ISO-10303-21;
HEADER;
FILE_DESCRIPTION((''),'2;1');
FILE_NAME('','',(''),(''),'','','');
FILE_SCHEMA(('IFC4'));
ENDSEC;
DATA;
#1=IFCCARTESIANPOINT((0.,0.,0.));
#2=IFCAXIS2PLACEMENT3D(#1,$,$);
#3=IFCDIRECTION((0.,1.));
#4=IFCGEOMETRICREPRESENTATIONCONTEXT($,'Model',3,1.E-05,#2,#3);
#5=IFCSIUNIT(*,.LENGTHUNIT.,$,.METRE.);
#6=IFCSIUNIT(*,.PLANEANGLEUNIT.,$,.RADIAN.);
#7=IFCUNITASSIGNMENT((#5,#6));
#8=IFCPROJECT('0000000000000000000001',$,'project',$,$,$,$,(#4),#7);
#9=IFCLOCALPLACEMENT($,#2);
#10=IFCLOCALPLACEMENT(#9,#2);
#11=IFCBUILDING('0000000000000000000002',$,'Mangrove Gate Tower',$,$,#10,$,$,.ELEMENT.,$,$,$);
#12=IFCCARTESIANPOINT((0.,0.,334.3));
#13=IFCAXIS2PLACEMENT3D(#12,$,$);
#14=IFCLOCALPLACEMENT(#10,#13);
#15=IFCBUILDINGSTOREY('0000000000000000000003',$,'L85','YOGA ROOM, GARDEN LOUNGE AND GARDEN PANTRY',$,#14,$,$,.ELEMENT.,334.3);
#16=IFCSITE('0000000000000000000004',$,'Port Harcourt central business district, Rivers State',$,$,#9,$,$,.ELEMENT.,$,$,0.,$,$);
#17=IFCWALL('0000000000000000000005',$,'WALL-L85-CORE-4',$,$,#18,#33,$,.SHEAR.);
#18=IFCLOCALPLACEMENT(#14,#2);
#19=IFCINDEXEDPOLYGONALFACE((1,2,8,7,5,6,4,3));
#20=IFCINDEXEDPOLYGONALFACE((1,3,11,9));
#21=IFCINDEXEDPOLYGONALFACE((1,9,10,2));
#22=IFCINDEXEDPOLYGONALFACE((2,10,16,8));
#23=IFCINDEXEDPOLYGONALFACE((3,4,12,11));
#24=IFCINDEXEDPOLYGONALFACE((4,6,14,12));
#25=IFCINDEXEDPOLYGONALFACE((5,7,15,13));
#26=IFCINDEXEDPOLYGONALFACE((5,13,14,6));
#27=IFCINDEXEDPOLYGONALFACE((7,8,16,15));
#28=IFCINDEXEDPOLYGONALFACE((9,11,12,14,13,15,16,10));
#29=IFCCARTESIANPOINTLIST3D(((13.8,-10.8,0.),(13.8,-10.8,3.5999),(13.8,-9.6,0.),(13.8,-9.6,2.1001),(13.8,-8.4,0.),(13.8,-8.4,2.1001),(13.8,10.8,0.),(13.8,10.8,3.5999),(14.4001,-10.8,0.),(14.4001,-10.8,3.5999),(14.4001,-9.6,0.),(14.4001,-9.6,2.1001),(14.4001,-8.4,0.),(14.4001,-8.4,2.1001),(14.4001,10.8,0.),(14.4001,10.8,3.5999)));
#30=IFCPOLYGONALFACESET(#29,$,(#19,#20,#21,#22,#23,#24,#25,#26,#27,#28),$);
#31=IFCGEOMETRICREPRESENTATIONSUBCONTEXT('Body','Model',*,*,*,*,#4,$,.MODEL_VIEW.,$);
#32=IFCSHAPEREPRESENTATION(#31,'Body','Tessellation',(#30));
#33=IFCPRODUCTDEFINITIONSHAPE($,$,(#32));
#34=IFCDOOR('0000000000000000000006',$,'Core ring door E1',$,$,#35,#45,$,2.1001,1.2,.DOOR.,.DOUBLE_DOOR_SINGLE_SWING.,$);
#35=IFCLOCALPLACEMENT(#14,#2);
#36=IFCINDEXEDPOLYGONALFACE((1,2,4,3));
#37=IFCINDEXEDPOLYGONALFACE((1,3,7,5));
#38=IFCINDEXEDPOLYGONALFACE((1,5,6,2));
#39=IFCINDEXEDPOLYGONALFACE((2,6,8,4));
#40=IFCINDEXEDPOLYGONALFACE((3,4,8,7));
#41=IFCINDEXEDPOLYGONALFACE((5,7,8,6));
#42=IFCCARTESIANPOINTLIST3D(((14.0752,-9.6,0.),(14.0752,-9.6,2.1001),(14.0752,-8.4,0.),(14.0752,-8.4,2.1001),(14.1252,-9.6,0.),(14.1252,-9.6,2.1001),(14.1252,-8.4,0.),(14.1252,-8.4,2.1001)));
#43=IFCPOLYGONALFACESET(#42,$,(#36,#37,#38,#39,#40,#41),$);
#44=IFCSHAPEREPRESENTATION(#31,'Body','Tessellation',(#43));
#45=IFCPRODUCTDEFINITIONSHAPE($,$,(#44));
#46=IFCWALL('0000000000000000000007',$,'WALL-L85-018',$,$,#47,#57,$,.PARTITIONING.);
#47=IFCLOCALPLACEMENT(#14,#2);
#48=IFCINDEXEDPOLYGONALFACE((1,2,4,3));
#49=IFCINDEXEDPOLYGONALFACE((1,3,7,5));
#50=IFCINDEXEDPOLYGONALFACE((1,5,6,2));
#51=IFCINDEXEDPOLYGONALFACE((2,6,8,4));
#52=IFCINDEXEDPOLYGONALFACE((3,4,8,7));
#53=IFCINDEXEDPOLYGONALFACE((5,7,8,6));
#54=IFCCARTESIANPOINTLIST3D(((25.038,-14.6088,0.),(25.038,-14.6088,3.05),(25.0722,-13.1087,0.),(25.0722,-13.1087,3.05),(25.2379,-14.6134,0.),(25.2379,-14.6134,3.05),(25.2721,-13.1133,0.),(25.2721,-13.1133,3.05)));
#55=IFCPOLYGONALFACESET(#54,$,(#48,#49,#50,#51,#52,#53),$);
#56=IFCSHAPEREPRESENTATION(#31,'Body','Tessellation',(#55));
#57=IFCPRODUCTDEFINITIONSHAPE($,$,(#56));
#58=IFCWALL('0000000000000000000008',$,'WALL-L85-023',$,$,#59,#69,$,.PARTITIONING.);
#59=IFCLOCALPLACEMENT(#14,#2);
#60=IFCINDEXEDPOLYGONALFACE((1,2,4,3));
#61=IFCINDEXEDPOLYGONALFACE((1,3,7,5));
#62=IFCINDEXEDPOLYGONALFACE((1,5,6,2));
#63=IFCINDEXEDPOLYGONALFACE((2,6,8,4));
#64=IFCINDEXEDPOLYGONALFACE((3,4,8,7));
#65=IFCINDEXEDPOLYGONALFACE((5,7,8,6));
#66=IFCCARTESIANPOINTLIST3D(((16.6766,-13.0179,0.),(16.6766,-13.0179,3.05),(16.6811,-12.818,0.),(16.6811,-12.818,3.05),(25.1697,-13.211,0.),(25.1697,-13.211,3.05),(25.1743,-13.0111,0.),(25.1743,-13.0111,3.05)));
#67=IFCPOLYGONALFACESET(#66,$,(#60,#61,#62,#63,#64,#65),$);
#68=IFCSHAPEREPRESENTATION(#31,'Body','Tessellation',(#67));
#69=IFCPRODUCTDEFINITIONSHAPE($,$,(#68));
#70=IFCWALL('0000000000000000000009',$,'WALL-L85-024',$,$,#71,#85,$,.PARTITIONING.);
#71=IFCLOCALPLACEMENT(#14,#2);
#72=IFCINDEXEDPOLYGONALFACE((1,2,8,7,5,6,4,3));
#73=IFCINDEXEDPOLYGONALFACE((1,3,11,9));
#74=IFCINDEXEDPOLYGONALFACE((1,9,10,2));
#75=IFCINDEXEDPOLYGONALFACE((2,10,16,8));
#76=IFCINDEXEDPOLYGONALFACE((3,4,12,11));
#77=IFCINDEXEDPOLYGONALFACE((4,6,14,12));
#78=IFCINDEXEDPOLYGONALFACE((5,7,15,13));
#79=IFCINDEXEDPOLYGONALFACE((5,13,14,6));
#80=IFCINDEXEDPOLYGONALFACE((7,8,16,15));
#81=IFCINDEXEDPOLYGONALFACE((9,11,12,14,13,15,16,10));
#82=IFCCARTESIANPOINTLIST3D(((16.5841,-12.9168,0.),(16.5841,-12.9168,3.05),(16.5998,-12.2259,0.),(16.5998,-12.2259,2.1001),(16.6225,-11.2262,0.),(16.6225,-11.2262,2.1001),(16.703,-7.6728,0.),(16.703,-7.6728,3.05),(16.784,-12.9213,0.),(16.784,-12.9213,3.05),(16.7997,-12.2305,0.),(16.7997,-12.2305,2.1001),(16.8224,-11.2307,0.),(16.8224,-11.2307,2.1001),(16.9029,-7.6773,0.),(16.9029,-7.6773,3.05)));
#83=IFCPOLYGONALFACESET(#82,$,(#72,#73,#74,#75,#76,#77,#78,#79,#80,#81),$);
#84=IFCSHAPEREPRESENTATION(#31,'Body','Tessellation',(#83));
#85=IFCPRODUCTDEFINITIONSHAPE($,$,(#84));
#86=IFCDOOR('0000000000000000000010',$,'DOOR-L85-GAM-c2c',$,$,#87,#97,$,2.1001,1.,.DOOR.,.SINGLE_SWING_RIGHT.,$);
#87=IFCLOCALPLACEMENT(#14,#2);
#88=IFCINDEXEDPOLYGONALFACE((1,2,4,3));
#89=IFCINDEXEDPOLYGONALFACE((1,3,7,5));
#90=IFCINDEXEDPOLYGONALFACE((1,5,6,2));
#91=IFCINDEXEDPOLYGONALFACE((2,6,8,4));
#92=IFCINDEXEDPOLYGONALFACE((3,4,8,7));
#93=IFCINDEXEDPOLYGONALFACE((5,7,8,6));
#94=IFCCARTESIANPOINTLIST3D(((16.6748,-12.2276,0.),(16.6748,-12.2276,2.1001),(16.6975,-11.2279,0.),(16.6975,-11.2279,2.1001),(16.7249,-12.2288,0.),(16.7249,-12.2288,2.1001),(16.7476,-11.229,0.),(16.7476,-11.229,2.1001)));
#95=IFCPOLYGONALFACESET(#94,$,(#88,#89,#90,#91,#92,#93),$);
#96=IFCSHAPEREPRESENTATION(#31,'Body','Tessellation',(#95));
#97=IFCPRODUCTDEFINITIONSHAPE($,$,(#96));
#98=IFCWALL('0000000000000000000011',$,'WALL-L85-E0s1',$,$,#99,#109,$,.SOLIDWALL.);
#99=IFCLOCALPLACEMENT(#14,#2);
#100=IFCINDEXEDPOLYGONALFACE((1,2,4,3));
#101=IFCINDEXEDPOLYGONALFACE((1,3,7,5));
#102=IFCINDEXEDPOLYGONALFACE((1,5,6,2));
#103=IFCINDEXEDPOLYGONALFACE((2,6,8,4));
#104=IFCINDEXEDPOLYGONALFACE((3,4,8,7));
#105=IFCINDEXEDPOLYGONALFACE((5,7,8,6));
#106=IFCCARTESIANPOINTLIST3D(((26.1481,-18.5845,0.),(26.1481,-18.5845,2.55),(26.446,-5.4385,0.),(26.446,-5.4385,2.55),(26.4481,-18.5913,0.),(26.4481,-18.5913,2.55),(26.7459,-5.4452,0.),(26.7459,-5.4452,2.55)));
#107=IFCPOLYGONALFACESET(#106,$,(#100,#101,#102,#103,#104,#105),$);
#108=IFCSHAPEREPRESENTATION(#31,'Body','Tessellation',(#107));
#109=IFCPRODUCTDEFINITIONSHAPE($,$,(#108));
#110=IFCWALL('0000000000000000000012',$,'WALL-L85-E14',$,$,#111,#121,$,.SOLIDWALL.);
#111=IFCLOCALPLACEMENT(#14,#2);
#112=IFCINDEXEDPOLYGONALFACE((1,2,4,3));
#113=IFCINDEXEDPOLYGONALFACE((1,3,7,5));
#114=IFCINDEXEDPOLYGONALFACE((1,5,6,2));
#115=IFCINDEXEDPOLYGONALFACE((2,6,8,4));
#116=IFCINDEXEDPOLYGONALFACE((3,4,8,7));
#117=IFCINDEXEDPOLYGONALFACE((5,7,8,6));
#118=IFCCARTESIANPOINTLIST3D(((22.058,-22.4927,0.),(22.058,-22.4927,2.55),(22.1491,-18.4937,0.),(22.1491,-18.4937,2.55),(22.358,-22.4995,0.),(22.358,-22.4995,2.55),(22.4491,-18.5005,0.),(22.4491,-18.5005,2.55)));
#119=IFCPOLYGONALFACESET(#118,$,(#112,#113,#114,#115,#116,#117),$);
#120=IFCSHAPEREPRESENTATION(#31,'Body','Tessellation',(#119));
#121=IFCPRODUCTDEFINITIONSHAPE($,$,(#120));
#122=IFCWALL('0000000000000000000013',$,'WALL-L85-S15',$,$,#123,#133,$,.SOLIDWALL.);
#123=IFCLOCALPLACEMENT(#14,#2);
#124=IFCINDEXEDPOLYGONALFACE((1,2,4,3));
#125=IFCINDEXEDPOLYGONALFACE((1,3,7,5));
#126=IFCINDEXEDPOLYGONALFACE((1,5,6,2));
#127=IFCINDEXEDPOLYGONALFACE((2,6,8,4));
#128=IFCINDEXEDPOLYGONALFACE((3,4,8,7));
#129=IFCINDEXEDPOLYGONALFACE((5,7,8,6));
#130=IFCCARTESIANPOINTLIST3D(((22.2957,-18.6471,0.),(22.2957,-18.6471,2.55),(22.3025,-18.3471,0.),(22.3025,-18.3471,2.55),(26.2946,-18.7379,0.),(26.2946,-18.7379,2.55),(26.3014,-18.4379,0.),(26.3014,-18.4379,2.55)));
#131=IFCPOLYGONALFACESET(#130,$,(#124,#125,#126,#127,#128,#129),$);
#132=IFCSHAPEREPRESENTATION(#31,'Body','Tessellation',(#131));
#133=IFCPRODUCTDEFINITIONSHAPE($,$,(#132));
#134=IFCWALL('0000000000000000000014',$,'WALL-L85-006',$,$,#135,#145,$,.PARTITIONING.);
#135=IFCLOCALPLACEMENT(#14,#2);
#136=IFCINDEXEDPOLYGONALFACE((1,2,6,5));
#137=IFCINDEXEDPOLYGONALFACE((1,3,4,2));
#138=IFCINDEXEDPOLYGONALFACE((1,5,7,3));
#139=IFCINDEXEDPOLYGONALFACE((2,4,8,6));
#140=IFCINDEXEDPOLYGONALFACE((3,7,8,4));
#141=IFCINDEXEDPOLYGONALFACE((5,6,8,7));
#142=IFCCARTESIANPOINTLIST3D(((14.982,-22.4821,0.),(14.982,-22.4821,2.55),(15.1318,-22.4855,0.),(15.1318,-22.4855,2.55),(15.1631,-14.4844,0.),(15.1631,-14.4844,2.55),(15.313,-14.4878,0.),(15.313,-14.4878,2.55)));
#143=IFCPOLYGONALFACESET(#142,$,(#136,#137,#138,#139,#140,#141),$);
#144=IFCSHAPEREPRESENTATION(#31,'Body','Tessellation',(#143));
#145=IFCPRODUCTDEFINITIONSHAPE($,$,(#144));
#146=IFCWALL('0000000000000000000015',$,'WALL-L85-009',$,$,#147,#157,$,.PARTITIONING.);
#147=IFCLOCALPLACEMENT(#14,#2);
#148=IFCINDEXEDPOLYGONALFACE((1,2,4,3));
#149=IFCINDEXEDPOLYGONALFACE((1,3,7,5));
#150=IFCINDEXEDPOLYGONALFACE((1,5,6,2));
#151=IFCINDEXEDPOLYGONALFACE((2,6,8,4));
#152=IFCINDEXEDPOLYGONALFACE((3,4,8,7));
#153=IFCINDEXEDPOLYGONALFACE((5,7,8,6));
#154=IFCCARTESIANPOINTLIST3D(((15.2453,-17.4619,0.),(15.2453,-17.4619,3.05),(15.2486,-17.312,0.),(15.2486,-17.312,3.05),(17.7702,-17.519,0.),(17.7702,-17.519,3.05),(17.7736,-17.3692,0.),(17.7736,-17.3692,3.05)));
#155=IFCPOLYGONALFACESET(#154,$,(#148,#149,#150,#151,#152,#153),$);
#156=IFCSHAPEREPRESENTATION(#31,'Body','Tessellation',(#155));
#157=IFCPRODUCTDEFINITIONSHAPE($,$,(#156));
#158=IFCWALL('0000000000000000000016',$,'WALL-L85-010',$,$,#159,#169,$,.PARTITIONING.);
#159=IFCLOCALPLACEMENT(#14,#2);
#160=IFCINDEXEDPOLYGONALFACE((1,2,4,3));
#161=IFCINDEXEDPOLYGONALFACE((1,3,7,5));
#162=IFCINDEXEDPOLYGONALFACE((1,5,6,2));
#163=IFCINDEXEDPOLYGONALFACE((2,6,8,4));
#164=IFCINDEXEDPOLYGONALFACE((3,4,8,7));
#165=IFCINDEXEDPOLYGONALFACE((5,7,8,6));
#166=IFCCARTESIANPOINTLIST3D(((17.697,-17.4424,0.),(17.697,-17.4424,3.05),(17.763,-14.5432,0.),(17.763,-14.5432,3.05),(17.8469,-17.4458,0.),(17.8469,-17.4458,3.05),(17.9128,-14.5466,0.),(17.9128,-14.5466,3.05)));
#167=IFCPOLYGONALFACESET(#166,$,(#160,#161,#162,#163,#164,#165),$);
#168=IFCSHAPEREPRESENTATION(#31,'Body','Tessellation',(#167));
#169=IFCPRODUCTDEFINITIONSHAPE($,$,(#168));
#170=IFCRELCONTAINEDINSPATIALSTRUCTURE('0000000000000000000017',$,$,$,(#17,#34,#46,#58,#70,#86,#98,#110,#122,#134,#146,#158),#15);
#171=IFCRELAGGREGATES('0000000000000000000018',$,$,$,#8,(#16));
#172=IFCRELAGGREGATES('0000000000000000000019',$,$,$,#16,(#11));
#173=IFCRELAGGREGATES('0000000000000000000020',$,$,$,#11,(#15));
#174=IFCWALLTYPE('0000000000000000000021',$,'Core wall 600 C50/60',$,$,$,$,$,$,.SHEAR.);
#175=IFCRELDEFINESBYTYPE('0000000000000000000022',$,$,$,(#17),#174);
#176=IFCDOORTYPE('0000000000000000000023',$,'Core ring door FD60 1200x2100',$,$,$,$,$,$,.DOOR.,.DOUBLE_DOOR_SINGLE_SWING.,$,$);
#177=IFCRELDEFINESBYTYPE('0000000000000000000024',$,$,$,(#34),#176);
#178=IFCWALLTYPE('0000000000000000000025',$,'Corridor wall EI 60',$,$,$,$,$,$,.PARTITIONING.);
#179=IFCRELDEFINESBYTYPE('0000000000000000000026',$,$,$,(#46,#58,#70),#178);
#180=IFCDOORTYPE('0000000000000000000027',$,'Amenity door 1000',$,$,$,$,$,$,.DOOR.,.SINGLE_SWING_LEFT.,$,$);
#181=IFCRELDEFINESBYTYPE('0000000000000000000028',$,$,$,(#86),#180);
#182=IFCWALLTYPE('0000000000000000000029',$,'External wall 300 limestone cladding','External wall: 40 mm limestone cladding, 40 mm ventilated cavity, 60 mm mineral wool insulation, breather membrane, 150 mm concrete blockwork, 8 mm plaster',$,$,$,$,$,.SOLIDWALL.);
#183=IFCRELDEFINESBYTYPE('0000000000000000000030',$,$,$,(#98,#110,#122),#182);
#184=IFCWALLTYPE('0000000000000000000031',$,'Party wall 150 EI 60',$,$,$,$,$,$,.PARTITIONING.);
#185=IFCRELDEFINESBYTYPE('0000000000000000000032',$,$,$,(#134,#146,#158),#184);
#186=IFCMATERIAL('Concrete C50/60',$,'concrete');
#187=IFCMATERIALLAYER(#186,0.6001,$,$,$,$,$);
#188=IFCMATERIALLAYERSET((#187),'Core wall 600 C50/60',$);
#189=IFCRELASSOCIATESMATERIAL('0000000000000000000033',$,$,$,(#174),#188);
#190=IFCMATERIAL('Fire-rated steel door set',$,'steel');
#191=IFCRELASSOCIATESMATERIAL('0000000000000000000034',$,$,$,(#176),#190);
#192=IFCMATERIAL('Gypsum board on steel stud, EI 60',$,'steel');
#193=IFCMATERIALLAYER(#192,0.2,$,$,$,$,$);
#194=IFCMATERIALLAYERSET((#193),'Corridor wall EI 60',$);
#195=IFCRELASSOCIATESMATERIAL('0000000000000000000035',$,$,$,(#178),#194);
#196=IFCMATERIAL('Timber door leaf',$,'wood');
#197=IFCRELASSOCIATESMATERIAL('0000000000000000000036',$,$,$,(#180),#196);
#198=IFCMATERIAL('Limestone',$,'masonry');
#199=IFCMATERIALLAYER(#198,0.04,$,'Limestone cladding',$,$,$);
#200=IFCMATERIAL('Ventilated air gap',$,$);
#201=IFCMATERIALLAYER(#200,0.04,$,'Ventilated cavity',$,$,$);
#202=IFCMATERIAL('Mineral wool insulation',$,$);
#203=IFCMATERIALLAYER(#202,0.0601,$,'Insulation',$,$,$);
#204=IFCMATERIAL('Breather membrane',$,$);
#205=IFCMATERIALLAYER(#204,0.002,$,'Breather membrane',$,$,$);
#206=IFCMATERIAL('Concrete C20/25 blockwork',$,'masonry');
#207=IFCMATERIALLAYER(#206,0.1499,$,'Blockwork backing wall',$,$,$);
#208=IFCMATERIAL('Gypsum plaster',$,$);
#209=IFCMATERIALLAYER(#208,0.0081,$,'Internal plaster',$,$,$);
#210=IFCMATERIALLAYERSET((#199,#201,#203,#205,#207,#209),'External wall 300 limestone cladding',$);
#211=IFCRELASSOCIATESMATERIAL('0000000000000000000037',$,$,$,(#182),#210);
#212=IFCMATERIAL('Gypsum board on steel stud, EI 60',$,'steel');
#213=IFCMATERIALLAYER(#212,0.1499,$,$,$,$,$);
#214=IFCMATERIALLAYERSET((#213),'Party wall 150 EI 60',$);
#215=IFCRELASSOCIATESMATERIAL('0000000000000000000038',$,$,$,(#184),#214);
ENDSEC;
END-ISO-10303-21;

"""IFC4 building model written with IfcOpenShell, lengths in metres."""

from ifc_helpers import new_model, si_unit, direction, frame, frame_2d, origin, place, context, subcontext, project, spatial, rectangle, extrude, material, layer, layer_set, type_object, element, fill, save


model = new_model("IFC4")

# Units and contexts
model_context = context("Model", 3, precision=1e-05, world=origin(), true_north=direction((0.0, 1.0)))
body_context = subcontext(model_context, "Body", "Model", "MODEL_VIEW")
ifc_project = project(units=[si_unit("LENGTHUNIT", "METRE"), si_unit("PLANEANGLEUNIT", "RADIAN")], contexts=[model_context])

# Site, building, storey
site_placement = place(None, origin())
site = spatial("IfcSite", under=ifc_project, at=site_placement, Name="Port Harcourt central business district, Rivers State", CompositionType="ELEMENT", RefElevation=0.0)
building_placement = place(site_placement, origin())
building = spatial("IfcBuilding", under=site, at=building_placement, Name="Mangrove Gate Tower", CompositionType="ELEMENT")
storey_placement = place(building_placement, frame((0.0, 0.0, 334.3)))
storey = spatial("IfcBuildingStorey", under=building, at=storey_placement, Name="L85", Description="YOGA ROOM, GARDEN LOUNGE AND GARDEN PANTRY", CompositionType="ELEMENT", Elevation=334.3)

# Wall, opening, door
ifc_material_1 = material(Name="Concrete C50/60", Category="concrete")
ifc_layer_1 = layer(ifc_material_1, 0.6001)
ifc_layer_set_1 = layer_set([ifc_layer_1], Name="Core wall 600 C50/60")
wall_type_1 = type_object("IfcWallType", Name="Core wall 600 C50/60", PredefinedType="SHEAR", material=ifc_layer_set_1)
wall_1_placement = place(storey_placement, frame((14.1001, -10.8, 0.0), z_axis=(0.0, 0.0, 1.0), x_axis=(0.0, 1.0, 0.0)))
wall_1 = element("IfcWall", 1, at=wall_1_placement, inside=storey, type_object=wall_type_1, Name="WALL-L85-CORE-4", PredefinedType="SHEAR", context=body_context, shape_type="SweptSolid", body=[
    extrude(rectangle(XDim=21.6001, YDim=0.6001, at=frame_2d((10.8, 0.0))), origin(), (0.0, 0.0, 1.0), 3.5999),
])
opening_1_placement = place(wall_1_placement, frame((1.2, 0.0, 0.0)))
opening_1 = element("IfcOpeningElement", 2, at=opening_1_placement, cuts=wall_1, PredefinedType="OPENING", context=body_context, shape_type="SweptSolid", body=[
    extrude(rectangle(XDim=1.2, YDim=2.1001, at=frame_2d((0.6001, 1.05))), frame((0.0, 0.3101, 0.0), z_axis=(0.0, -1.0, 0.0), x_axis=(1.0, 0.0, 0.0)), (0.0, 0.0, 1.0), 0.6201),
])
ifc_material_2 = material(Name="Fire-rated steel door set", Category="steel")
door_type_1 = type_object("IfcDoorType", Name="Core ring door FD60 1200x2100", OperationType="DOUBLE_DOOR_SINGLE_SWING", PredefinedType="DOOR", material=ifc_material_2)
door_1_placement = place(opening_1_placement, origin())
door_1 = element("IfcDoor", 3, at=door_1_placement, inside=storey, type_object=door_type_1, Name="Core ring door E1", OperationType="DOUBLE_DOOR_SINGLE_SWING", OverallHeight=2.1001, OverallWidth=1.2, PredefinedType="DOOR", context=body_context, shape_type="SweptSolid", body=[
    extrude(rectangle(XDim=1.2, YDim=2.1001, at=frame_2d((0.6001, 1.05))), frame((0.0, 0.0249, 0.0), z_axis=(0.0, -1.0, 0.0), x_axis=(1.0, 0.0, 0.0)), (0.0, 0.0, 1.0), 0.05),
])
fill(opening_1, door_1)

# Walls
ifc_material_3 = material(Name="Gypsum board on steel stud, EI 60", Category="steel")
ifc_layer_2 = layer(ifc_material_3, 0.2)
ifc_layer_set_2 = layer_set([ifc_layer_2], Name="Corridor wall EI 60")
wall_type_2 = type_object("IfcWallType", Name="Corridor wall EI 60", PredefinedType="PARTITIONING", material=ifc_layer_set_2)
wall_2_placement = place(storey_placement, frame((25.1379, -14.6111, 0.0), z_axis=(0.0, 0.0, 1.0), x_axis=(0.022781, 0.99974, 0.0)))
element("IfcWall", 4, at=wall_2_placement, inside=storey, type_object=wall_type_2, Name="WALL-L85-018", PredefinedType="PARTITIONING", context=body_context, shape_type="SweptSolid", body=[
    extrude(rectangle(XDim=1.5005, YDim=0.2, at=frame_2d((0.7502, 0.0))), origin(), (0.0, 0.0, 1.0), 3.05),
])
wall_3_placement = place(storey_placement, frame((16.679, -12.918, 0.0), z_axis=(0.0, 0.0, 1.0), x_axis=(0.999742, -0.022732, 0.0)))
element("IfcWall", 5, at=wall_3_placement, inside=storey, type_object=wall_type_2, Name="WALL-L85-023", PredefinedType="PARTITIONING", context=body_context, shape_type="SweptSolid", body=[
    extrude(rectangle(XDim=8.4954, YDim=0.2, at=frame_2d((4.2476, 0.0))), origin(), (0.0, 0.0, 1.0), 3.05),
])

# Wall, opening, door
wall_4_placement = place(storey_placement, frame((16.6841, -12.9189, 0.0), z_axis=(0.0, 0.0, 1.0), x_axis=(0.022667, 0.999743, 0.0)))
wall_4 = element("IfcWall", 6, at=wall_4_placement, inside=storey, type_object=wall_type_2, Name="WALL-L85-024", PredefinedType="PARTITIONING", context=body_context, shape_type="SweptSolid", body=[
    extrude(rectangle(XDim=5.2454, YDim=0.2, at=frame_2d((2.6226, 0.0))), origin(), (0.0, 0.0, 1.0), 3.05),
])
opening_2_placement = place(wall_4_placement, frame((0.6909, 0.0, 0.0)))
opening_2 = element("IfcOpeningElement", 7, at=opening_2_placement, cuts=wall_4, PredefinedType="OPENING", context=body_context, shape_type="SweptSolid", body=[
    extrude(rectangle(XDim=1.0, YDim=2.1001, at=frame_2d((0.5, 1.05))), frame((0.0, 0.1099, 0.0), z_axis=(0.0, -1.0, 0.0), x_axis=(1.0, 0.0, 0.0)), (0.0, 0.0, 1.0), 0.22),
])
ifc_material_4 = material(Name="Timber door leaf", Category="wood")
door_type_2 = type_object("IfcDoorType", Name="Amenity door 1000", OperationType="SINGLE_SWING_LEFT", PredefinedType="DOOR", material=ifc_material_4)
door_2_placement = place(opening_2_placement, origin())
door_2 = element("IfcDoor", 8, at=door_2_placement, inside=storey, type_object=door_type_2, Name="DOOR-L85-GAM-c2c", OperationType="SINGLE_SWING_RIGHT", OverallHeight=2.1001, OverallWidth=1.0, PredefinedType="DOOR", context=body_context, shape_type="SweptSolid", body=[
    extrude(rectangle(XDim=1.0, YDim=2.1001, at=frame_2d((0.5, 1.05))), frame((0.0, 0.0249, 0.0), z_axis=(0.0, -1.0, 0.0), x_axis=(1.0, 0.0, 0.0)), (0.0, 0.0, 1.0), 0.05),
])
fill(opening_2, door_2)

# Walls
ifc_material_5 = material(Name="Limestone", Category="masonry")
ifc_layer_3 = layer(ifc_material_5, 0.04, Name="Limestone cladding")
ifc_material_6 = material(Name="Ventilated air gap")
ifc_layer_4 = layer(ifc_material_6, 0.04, Name="Ventilated cavity")
ifc_material_7 = material(Name="Mineral wool insulation")
ifc_layer_5 = layer(ifc_material_7, 0.0601, Name="Insulation")
ifc_material_8 = material(Name="Breather membrane")
ifc_layer_6 = layer(ifc_material_8, 0.002, Name="Breather membrane")
ifc_material_9 = material(Name="Concrete C20/25 blockwork", Category="masonry")
ifc_layer_7 = layer(ifc_material_9, 0.1499, Name="Blockwork backing wall")
ifc_material_10 = material(Name="Gypsum plaster")
ifc_layer_8 = layer(ifc_material_10, 0.0081, Name="Internal plaster")
ifc_layer_set_3 = layer_set([ifc_layer_3, ifc_layer_4, ifc_layer_5, ifc_layer_6, ifc_layer_7, ifc_layer_8], Name="External wall 300 limestone cladding")
wall_type_3 = type_object("IfcWallType", Name="External wall 300 limestone cladding", Description="External wall: 40 mm limestone cladding, 40 mm ventilated cavity, 60 mm mineral wool insulation, breather membrane, 150 mm concrete blockwork, 8 mm plaster", PredefinedType="SOLIDWALL", material=ifc_layer_set_3)
wall_5_placement = place(storey_placement, frame((26.2981, -18.5879, 0.0), z_axis=(0.0, 0.0, 1.0), x_axis=(0.022651, 0.999743, 0.0)))
element("IfcWall", 9, at=wall_5_placement, inside=storey, type_object=wall_type_3, Name="WALL-L85-E0s1", PredefinedType="SOLIDWALL", context=body_context, shape_type="SweptSolid", body=[
    extrude(rectangle(XDim=13.1494, YDim=0.3, at=frame_2d((6.5747, 0.0))), origin(), (0.0, 0.0, 1.0), 2.55),
])
for number, where, z_axis, x_axis, name in (
    (10, (22.208, -22.4961, 0.0), (0.0, 0.0, 1.0), (0.022766, 0.999741, 0.0), "WALL-L85-E14"),
    (11, (22.2991, -18.4971, 0.0), (0.0, 0.0, 1.0), (0.999742, -0.022705, 0.0), "WALL-L85-S15"),
):
    element("IfcWall", number, at=place(storey_placement, frame(where, z_axis=z_axis, x_axis=x_axis)), inside=storey, type_object=wall_type_3, Name=name, PredefinedType="SOLIDWALL", context=body_context, shape_type="SweptSolid", body=[
        extrude(rectangle(XDim=4.0, YDim=0.3, at=frame_2d((2.0, 0.0))), origin(), (0.0, 0.0, 1.0), 2.55),
    ])
ifc_material_11 = material(Name="Gypsum board on steel stud, EI 60", Category="steel")
ifc_layer_9 = layer(ifc_material_11, 0.1499)
ifc_layer_set_4 = layer_set([ifc_layer_9], Name="Party wall 150 EI 60")
wall_type_4 = type_object("IfcWallType", Name="Party wall 150 EI 60", PredefinedType="PARTITIONING", material=ifc_layer_set_4)
wall_6_placement = place(storey_placement, frame((15.0569, -22.4839, 0.0), z_axis=(0.0, 0.0, 1.0), x_axis=(0.022644, 0.999744, 0.0)))
element("IfcWall", 12, at=wall_6_placement, inside=storey, type_object=wall_type_4, Name="WALL-L85-006", PredefinedType="PARTITIONING", context=body_context, shape_type="SweptSolid", body=[
    extrude(rectangle(XDim=7.9998, YDim=0.1499, at=frame_2d((4.0, 0.0))), origin(), (0.0, 0.0, 1.0), 2.55),
])
wall_7_placement = place(storey_placement, frame((15.2471, -17.387, 0.0), z_axis=(0.0, 0.0, 1.0), x_axis=(0.999744, -0.02262, 0.0)))
element("IfcWall", 13, at=wall_7_placement, inside=storey, type_object=wall_type_4, Name="WALL-L85-009", PredefinedType="PARTITIONING", context=body_context, shape_type="SweptSolid", body=[
    extrude(rectangle(XDim=2.5256, YDim=0.1499, at=frame_2d((1.2627, 0.0))), origin(), (0.0, 0.0, 1.0), 3.05),
])
wall_8_placement = place(storey_placement, frame((17.772, -17.4441, 0.0), z_axis=(0.0, 0.0, 1.0), x_axis=(0.022731, 0.999742, 0.0)))
element("IfcWall", 14, at=wall_8_placement, inside=storey, type_object=wall_type_4, Name="WALL-L85-010", PredefinedType="PARTITIONING", context=body_context, shape_type="SweptSolid", body=[
    extrude(rectangle(XDim=2.8999, YDim=0.1499, at=frame_2d((1.45, 0.0))), origin(), (0.0, 0.0, 1.0), 3.05),
])

save(model, "model.ifc")
